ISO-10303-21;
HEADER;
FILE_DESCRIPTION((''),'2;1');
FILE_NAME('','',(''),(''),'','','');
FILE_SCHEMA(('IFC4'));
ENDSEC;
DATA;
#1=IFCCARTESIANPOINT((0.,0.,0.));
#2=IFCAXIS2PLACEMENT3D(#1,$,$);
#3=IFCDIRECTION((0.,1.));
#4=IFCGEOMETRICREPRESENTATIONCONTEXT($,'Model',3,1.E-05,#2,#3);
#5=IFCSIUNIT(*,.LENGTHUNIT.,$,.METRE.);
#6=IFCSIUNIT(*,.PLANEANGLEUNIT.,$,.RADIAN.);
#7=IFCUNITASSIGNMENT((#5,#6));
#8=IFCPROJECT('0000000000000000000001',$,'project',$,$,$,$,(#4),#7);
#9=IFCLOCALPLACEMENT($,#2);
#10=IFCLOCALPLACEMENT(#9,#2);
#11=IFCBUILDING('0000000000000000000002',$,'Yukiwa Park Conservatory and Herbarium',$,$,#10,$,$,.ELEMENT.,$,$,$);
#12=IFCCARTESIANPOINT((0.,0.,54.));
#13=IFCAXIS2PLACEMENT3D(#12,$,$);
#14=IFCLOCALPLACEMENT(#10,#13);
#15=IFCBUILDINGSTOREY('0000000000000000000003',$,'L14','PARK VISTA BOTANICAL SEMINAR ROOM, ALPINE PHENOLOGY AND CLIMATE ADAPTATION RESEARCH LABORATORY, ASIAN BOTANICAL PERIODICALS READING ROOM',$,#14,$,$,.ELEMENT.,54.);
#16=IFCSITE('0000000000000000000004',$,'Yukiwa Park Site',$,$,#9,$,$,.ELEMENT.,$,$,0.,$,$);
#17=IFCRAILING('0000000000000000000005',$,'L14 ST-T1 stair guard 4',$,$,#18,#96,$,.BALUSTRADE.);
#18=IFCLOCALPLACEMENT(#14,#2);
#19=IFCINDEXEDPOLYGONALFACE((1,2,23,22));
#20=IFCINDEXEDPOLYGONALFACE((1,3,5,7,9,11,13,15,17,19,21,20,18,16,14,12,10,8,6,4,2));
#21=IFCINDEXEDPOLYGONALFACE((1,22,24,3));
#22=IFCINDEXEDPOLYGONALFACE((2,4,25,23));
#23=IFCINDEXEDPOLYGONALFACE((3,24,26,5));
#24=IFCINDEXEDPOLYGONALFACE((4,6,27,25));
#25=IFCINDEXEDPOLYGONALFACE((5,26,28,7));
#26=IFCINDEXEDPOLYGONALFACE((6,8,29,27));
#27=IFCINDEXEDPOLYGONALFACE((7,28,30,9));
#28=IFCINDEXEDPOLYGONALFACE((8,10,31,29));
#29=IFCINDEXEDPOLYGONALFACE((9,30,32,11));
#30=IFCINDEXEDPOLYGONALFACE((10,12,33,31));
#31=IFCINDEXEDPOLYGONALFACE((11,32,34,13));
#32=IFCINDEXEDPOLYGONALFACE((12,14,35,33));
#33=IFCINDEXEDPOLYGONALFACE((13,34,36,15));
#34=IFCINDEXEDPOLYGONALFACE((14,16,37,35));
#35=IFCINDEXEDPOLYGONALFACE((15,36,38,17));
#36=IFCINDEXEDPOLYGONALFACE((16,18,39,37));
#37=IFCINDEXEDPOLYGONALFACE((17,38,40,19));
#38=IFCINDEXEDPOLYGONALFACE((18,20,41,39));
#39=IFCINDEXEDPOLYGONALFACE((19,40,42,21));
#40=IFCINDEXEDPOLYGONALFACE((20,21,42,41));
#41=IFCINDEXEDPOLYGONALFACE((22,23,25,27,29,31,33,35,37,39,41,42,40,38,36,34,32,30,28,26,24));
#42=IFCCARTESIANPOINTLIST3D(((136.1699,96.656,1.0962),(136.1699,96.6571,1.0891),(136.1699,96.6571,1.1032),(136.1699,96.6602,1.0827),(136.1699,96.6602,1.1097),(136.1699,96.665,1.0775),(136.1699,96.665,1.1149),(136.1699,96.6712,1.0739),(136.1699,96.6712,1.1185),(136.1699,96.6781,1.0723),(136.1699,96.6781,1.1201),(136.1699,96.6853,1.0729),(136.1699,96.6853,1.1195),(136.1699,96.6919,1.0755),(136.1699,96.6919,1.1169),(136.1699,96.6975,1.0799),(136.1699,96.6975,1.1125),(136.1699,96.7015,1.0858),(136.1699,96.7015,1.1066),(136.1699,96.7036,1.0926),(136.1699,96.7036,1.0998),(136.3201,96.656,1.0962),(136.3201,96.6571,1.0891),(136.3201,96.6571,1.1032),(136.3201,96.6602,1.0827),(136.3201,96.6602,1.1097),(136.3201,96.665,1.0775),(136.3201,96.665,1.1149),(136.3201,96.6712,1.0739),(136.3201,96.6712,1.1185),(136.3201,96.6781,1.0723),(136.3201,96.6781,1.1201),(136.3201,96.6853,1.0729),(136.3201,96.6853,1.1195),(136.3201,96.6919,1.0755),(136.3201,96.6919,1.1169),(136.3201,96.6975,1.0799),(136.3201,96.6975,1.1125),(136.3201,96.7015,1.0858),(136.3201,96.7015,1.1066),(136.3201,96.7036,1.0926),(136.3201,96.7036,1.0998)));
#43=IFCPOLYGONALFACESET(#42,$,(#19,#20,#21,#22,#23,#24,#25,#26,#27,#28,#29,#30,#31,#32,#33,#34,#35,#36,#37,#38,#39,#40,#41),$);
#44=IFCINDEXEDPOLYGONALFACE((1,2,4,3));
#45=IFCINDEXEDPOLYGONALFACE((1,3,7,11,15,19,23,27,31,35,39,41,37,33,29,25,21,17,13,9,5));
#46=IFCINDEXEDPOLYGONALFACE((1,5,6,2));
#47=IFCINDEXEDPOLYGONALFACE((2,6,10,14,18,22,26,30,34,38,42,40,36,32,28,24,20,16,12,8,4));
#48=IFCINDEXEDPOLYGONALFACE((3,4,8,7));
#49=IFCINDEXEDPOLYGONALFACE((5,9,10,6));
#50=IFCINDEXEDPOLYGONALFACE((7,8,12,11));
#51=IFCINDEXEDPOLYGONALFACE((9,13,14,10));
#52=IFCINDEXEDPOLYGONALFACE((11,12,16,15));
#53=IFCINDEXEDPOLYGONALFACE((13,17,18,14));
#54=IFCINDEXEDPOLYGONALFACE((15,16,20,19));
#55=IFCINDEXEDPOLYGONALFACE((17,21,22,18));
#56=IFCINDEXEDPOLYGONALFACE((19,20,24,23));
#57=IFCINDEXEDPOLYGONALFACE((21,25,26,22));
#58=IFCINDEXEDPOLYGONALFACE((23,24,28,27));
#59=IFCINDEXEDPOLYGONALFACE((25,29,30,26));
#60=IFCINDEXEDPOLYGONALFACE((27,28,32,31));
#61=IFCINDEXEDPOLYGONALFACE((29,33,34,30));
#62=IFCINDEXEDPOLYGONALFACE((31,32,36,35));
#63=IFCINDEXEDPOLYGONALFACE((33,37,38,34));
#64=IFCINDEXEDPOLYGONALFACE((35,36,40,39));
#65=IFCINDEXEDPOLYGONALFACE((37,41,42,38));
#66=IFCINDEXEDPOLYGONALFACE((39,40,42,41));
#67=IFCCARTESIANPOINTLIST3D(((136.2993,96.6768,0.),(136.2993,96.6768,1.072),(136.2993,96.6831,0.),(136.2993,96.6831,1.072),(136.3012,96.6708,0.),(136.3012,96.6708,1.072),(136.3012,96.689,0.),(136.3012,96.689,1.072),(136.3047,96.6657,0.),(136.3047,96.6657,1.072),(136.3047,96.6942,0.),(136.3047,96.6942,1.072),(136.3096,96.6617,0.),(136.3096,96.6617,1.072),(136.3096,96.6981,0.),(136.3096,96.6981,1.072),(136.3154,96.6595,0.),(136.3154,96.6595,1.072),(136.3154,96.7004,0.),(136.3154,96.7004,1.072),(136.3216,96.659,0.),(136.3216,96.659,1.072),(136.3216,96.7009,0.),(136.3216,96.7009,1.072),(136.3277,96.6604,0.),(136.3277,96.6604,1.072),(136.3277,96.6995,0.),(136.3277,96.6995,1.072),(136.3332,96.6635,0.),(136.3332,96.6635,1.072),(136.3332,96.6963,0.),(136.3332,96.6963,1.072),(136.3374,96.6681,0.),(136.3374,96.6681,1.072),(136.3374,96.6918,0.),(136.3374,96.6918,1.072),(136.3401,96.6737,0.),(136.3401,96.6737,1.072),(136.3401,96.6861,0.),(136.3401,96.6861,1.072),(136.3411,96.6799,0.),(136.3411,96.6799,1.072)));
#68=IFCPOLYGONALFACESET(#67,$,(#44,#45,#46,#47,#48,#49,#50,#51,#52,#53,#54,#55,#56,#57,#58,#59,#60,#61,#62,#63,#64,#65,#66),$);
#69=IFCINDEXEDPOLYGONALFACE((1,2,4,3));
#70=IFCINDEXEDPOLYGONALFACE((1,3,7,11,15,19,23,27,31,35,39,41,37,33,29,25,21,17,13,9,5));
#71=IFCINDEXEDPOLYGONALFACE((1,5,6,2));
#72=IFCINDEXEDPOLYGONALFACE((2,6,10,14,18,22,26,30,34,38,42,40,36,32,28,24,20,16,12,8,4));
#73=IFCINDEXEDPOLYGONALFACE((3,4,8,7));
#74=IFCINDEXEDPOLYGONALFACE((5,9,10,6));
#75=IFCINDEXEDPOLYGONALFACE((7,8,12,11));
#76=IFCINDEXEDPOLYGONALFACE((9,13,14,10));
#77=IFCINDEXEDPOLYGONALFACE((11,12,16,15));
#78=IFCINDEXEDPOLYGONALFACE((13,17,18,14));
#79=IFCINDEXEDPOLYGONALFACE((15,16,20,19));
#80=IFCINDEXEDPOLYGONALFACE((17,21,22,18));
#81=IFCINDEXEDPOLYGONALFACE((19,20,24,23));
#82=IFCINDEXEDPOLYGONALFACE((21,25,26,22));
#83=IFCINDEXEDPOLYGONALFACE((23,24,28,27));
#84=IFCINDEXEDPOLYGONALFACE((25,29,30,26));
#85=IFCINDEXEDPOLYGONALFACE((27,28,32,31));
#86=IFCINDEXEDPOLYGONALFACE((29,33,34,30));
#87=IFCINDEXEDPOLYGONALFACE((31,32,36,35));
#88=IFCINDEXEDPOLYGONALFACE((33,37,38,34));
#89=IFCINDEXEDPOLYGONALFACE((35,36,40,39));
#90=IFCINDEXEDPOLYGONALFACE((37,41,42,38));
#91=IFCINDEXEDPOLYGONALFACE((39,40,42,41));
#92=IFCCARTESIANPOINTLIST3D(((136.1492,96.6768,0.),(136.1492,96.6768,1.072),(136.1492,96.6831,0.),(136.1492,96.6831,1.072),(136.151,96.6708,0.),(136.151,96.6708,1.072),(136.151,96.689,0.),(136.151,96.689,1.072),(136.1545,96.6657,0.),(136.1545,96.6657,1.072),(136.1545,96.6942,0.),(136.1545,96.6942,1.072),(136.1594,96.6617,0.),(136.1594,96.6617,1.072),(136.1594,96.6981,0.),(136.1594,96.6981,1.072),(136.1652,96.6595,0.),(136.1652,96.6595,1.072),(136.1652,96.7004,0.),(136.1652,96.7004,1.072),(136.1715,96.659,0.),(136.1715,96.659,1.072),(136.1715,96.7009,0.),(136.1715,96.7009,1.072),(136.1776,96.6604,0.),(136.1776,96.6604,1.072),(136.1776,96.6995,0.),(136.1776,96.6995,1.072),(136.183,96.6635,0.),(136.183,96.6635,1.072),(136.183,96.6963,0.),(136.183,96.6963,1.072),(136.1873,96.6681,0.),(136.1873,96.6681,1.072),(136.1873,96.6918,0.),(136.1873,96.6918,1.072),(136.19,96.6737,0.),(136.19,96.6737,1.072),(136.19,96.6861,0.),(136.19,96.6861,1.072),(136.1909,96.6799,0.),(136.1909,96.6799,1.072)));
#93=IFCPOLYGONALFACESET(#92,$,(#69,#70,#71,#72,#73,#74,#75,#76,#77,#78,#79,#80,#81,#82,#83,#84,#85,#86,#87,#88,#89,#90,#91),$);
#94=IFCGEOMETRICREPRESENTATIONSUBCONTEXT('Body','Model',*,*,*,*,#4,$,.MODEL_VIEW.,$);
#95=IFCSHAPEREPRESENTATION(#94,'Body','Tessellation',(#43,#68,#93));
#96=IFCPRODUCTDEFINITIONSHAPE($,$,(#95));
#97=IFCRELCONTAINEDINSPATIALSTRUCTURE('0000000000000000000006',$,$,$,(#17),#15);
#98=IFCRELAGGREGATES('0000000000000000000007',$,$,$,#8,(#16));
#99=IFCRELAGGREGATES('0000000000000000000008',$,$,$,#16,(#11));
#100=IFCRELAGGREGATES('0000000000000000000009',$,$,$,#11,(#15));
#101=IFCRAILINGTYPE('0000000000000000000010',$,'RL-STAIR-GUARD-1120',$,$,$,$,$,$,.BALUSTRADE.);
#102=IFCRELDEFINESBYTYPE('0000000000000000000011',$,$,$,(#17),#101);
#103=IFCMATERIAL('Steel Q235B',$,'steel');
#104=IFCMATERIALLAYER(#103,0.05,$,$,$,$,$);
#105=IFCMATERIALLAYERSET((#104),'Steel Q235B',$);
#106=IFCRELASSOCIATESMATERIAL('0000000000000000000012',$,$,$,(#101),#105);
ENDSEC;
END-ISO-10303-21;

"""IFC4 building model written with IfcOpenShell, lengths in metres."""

from ifc_helpers import new_model, si_unit, direction, frame, origin, origin_2d, place, context, subcontext, project, spatial, circle, extrude, material, layer, layer_set, type_object, element, save


model = new_model("IFC4")

# Units and contexts
model_context = context("Model", 3, precision=1e-05, world=origin(), true_north=direction((0.0, 1.0)))
body_context = subcontext(model_context, "Body", "Model", "MODEL_VIEW")
ifc_project = project(units=[si_unit("LENGTHUNIT", "METRE"), si_unit("PLANEANGLEUNIT", "RADIAN")], contexts=[model_context])

# Site, building, storey
site_placement = place(None, origin())
site = spatial("IfcSite", under=ifc_project, at=site_placement, Name="Yukiwa Park Site", CompositionType="ELEMENT", RefElevation=0.0)
building_placement = place(site_placement, origin())
building = spatial("IfcBuilding", under=site, at=building_placement, Name="Yukiwa Park Conservatory and Herbarium", CompositionType="ELEMENT")
storey_placement = place(building_placement, frame((0.0, 0.0, 54.0)))
storey = spatial("IfcBuildingStorey", under=building, at=storey_placement, Name="L14", Description="PARK VISTA BOTANICAL SEMINAR ROOM, ALPINE PHENOLOGY AND CLIMATE ADAPTATION RESEARCH LABORATORY, ASIAN BOTANICAL PERIODICALS READING ROOM", CompositionType="ELEMENT", Elevation=54.0)

# Railing
ifc_material_1 = material(Name="Steel Q235B", Category="steel")
ifc_layer_1 = layer(ifc_material_1, 0.05)
ifc_layer_set_1 = layer_set([ifc_layer_1], Name="Steel Q235B")
railing_type_1 = type_object("IfcRailingType", Name="RL-STAIR-GUARD-1120", PredefinedType="BALUSTRADE", material=ifc_layer_set_1)
railing_1_placement = place(storey_placement, frame((136.3201, 96.6799, 0.0)))
element("IfcRailing", 1, at=railing_1_placement, inside=storey, type_object=railing_type_1, Name="L14 ST-T1 stair guard 4", PredefinedType="BALUSTRADE", context=body_context, shape_type="SweptSolid", body=[
    extrude(circle(Radius=0.0239, at=origin_2d()), frame((0.0, 0.0, 1.0962), z_axis=(-1.0, 0.0, 0.0), x_axis=(0.0, -1.0, 0.0)), (0.0, 0.0, 1.0), 0.1501),
    extrude(circle(Radius=0.021, at=origin_2d()), origin(), (0.0, 0.0, 1.0), 1.072),
    extrude(circle(Radius=0.021, at=origin_2d()), frame((-0.1501, 0.0, 0.0)), (0.0, 0.0, 1.0), 1.072),
])

save(model, "model.ifc")
